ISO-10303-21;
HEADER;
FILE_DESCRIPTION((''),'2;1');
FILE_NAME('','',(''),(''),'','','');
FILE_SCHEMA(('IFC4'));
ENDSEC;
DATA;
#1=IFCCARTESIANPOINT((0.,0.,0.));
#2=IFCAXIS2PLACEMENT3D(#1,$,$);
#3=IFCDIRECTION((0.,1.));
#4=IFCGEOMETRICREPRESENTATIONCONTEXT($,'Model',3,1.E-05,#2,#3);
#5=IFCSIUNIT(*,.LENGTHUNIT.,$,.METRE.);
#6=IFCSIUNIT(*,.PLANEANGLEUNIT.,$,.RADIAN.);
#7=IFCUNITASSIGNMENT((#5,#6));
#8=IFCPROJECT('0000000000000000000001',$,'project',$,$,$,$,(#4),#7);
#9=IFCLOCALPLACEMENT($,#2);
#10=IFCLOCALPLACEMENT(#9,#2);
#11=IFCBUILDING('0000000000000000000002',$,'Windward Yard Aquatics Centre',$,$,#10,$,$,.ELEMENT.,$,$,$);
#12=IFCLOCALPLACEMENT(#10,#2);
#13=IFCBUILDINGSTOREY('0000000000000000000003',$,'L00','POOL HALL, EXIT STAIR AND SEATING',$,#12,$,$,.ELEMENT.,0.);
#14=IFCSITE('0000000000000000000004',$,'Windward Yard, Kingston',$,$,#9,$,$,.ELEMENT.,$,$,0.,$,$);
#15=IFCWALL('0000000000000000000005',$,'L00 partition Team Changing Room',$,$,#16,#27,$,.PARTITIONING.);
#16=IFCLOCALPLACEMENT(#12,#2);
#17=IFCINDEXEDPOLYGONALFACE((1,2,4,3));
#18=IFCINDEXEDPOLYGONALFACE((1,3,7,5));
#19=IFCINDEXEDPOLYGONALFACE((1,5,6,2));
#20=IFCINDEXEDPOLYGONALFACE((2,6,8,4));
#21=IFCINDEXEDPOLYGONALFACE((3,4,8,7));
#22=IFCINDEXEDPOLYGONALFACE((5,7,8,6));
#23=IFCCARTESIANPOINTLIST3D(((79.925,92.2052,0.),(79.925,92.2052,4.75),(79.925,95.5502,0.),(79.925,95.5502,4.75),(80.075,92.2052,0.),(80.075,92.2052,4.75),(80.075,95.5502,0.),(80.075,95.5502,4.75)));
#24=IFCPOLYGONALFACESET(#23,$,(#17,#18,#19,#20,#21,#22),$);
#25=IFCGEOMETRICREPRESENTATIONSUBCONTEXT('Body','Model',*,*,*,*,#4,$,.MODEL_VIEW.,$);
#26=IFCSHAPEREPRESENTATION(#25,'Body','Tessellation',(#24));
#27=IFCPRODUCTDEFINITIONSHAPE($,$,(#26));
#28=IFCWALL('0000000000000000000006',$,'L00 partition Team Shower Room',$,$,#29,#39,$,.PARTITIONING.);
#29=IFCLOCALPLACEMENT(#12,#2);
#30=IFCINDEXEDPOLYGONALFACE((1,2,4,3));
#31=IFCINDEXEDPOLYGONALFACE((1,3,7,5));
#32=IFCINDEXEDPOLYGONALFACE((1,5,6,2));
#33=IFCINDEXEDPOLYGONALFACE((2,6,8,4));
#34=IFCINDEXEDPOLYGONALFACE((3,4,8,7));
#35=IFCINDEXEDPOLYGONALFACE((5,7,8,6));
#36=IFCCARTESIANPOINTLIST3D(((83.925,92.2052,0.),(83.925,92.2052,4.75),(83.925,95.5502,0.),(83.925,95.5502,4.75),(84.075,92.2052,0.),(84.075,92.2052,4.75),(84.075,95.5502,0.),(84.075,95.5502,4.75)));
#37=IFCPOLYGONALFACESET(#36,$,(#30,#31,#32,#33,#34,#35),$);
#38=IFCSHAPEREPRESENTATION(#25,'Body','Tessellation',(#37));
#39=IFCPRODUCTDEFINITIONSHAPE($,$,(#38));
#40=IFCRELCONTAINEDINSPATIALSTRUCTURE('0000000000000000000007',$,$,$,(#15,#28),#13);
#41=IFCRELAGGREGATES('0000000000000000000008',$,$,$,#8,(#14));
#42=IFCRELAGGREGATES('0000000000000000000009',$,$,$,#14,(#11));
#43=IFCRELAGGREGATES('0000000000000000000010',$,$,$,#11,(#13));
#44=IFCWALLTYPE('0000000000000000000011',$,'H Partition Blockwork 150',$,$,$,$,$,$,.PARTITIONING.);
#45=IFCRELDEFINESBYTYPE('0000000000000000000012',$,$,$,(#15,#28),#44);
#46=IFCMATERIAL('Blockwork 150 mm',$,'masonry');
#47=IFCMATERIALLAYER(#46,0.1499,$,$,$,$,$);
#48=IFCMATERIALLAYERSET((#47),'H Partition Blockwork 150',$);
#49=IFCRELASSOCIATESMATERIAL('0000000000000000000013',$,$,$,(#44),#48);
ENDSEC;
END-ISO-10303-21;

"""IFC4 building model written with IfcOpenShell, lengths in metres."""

from ifc_helpers import new_model, si_unit, direction, frame, frame_2d, origin, place, context, subcontext, project, spatial, rectangle, extrude, material, layer, layer_set, type_object, element, save


model = new_model("IFC4")

# Units and contexts
model_context = context("Model", 3, precision=1e-05, world=origin(), true_north=direction((0.0, 1.0)))
body_context = subcontext(model_context, "Body", "Model", "MODEL_VIEW")
ifc_project = project(units=[si_unit("LENGTHUNIT", "METRE"), si_unit("PLANEANGLEUNIT", "RADIAN")], contexts=[model_context])

# Site, building, storey
site_placement = place(None, origin())
site = spatial("IfcSite", under=ifc_project, at=site_placement, Name="Windward Yard, Kingston", CompositionType="ELEMENT", RefElevation=0.0)
building_placement = place(site_placement, origin())
building = spatial("IfcBuilding", under=site, at=building_placement, Name="Windward Yard Aquatics Centre", CompositionType="ELEMENT")
storey_placement = place(building_placement, origin())
storey = spatial("IfcBuildingStorey", under=building, at=storey_placement, Name="L00", Description="POOL HALL, EXIT STAIR AND SEATING", CompositionType="ELEMENT", Elevation=0.0)

# Walls
ifc_material_1 = material(Name="Blockwork 150 mm", Category="masonry")
ifc_layer_1 = layer(ifc_material_1, 0.1499)
ifc_layer_set_1 = layer_set([ifc_layer_1], Name="H Partition Blockwork 150")
wall_type = type_object("IfcWallType", Name="H Partition Blockwork 150", PredefinedType="PARTITIONING", material=ifc_layer_set_1)
for number, where, z_axis, x_axis, name in (
    (1, (80.0, 95.55, 0.0), (0.0, 0.0, 1.0), (0.0, -1.0, 0.0), "L00 partition Team Changing Room"),
    (2, (84.0, 95.55, 0.0), (0.0, 0.0, 1.0), (0.0, -1.0, 0.0), "L00 partition Team Shower Room"),
):
    element("IfcWall", number, at=place(storey_placement, frame(where, z_axis=z_axis, x_axis=x_axis)), inside=storey, type_object=wall_type, Name=name, PredefinedType="PARTITIONING", context=body_context, shape_type="SweptSolid", body=[
        extrude(rectangle(XDim=3.345, YDim=0.1499, at=frame_2d((1.6724, 0.0))), origin(), (0.0, 0.0, 1.0), 4.75),
    ])

save(model, "model.ifc")
